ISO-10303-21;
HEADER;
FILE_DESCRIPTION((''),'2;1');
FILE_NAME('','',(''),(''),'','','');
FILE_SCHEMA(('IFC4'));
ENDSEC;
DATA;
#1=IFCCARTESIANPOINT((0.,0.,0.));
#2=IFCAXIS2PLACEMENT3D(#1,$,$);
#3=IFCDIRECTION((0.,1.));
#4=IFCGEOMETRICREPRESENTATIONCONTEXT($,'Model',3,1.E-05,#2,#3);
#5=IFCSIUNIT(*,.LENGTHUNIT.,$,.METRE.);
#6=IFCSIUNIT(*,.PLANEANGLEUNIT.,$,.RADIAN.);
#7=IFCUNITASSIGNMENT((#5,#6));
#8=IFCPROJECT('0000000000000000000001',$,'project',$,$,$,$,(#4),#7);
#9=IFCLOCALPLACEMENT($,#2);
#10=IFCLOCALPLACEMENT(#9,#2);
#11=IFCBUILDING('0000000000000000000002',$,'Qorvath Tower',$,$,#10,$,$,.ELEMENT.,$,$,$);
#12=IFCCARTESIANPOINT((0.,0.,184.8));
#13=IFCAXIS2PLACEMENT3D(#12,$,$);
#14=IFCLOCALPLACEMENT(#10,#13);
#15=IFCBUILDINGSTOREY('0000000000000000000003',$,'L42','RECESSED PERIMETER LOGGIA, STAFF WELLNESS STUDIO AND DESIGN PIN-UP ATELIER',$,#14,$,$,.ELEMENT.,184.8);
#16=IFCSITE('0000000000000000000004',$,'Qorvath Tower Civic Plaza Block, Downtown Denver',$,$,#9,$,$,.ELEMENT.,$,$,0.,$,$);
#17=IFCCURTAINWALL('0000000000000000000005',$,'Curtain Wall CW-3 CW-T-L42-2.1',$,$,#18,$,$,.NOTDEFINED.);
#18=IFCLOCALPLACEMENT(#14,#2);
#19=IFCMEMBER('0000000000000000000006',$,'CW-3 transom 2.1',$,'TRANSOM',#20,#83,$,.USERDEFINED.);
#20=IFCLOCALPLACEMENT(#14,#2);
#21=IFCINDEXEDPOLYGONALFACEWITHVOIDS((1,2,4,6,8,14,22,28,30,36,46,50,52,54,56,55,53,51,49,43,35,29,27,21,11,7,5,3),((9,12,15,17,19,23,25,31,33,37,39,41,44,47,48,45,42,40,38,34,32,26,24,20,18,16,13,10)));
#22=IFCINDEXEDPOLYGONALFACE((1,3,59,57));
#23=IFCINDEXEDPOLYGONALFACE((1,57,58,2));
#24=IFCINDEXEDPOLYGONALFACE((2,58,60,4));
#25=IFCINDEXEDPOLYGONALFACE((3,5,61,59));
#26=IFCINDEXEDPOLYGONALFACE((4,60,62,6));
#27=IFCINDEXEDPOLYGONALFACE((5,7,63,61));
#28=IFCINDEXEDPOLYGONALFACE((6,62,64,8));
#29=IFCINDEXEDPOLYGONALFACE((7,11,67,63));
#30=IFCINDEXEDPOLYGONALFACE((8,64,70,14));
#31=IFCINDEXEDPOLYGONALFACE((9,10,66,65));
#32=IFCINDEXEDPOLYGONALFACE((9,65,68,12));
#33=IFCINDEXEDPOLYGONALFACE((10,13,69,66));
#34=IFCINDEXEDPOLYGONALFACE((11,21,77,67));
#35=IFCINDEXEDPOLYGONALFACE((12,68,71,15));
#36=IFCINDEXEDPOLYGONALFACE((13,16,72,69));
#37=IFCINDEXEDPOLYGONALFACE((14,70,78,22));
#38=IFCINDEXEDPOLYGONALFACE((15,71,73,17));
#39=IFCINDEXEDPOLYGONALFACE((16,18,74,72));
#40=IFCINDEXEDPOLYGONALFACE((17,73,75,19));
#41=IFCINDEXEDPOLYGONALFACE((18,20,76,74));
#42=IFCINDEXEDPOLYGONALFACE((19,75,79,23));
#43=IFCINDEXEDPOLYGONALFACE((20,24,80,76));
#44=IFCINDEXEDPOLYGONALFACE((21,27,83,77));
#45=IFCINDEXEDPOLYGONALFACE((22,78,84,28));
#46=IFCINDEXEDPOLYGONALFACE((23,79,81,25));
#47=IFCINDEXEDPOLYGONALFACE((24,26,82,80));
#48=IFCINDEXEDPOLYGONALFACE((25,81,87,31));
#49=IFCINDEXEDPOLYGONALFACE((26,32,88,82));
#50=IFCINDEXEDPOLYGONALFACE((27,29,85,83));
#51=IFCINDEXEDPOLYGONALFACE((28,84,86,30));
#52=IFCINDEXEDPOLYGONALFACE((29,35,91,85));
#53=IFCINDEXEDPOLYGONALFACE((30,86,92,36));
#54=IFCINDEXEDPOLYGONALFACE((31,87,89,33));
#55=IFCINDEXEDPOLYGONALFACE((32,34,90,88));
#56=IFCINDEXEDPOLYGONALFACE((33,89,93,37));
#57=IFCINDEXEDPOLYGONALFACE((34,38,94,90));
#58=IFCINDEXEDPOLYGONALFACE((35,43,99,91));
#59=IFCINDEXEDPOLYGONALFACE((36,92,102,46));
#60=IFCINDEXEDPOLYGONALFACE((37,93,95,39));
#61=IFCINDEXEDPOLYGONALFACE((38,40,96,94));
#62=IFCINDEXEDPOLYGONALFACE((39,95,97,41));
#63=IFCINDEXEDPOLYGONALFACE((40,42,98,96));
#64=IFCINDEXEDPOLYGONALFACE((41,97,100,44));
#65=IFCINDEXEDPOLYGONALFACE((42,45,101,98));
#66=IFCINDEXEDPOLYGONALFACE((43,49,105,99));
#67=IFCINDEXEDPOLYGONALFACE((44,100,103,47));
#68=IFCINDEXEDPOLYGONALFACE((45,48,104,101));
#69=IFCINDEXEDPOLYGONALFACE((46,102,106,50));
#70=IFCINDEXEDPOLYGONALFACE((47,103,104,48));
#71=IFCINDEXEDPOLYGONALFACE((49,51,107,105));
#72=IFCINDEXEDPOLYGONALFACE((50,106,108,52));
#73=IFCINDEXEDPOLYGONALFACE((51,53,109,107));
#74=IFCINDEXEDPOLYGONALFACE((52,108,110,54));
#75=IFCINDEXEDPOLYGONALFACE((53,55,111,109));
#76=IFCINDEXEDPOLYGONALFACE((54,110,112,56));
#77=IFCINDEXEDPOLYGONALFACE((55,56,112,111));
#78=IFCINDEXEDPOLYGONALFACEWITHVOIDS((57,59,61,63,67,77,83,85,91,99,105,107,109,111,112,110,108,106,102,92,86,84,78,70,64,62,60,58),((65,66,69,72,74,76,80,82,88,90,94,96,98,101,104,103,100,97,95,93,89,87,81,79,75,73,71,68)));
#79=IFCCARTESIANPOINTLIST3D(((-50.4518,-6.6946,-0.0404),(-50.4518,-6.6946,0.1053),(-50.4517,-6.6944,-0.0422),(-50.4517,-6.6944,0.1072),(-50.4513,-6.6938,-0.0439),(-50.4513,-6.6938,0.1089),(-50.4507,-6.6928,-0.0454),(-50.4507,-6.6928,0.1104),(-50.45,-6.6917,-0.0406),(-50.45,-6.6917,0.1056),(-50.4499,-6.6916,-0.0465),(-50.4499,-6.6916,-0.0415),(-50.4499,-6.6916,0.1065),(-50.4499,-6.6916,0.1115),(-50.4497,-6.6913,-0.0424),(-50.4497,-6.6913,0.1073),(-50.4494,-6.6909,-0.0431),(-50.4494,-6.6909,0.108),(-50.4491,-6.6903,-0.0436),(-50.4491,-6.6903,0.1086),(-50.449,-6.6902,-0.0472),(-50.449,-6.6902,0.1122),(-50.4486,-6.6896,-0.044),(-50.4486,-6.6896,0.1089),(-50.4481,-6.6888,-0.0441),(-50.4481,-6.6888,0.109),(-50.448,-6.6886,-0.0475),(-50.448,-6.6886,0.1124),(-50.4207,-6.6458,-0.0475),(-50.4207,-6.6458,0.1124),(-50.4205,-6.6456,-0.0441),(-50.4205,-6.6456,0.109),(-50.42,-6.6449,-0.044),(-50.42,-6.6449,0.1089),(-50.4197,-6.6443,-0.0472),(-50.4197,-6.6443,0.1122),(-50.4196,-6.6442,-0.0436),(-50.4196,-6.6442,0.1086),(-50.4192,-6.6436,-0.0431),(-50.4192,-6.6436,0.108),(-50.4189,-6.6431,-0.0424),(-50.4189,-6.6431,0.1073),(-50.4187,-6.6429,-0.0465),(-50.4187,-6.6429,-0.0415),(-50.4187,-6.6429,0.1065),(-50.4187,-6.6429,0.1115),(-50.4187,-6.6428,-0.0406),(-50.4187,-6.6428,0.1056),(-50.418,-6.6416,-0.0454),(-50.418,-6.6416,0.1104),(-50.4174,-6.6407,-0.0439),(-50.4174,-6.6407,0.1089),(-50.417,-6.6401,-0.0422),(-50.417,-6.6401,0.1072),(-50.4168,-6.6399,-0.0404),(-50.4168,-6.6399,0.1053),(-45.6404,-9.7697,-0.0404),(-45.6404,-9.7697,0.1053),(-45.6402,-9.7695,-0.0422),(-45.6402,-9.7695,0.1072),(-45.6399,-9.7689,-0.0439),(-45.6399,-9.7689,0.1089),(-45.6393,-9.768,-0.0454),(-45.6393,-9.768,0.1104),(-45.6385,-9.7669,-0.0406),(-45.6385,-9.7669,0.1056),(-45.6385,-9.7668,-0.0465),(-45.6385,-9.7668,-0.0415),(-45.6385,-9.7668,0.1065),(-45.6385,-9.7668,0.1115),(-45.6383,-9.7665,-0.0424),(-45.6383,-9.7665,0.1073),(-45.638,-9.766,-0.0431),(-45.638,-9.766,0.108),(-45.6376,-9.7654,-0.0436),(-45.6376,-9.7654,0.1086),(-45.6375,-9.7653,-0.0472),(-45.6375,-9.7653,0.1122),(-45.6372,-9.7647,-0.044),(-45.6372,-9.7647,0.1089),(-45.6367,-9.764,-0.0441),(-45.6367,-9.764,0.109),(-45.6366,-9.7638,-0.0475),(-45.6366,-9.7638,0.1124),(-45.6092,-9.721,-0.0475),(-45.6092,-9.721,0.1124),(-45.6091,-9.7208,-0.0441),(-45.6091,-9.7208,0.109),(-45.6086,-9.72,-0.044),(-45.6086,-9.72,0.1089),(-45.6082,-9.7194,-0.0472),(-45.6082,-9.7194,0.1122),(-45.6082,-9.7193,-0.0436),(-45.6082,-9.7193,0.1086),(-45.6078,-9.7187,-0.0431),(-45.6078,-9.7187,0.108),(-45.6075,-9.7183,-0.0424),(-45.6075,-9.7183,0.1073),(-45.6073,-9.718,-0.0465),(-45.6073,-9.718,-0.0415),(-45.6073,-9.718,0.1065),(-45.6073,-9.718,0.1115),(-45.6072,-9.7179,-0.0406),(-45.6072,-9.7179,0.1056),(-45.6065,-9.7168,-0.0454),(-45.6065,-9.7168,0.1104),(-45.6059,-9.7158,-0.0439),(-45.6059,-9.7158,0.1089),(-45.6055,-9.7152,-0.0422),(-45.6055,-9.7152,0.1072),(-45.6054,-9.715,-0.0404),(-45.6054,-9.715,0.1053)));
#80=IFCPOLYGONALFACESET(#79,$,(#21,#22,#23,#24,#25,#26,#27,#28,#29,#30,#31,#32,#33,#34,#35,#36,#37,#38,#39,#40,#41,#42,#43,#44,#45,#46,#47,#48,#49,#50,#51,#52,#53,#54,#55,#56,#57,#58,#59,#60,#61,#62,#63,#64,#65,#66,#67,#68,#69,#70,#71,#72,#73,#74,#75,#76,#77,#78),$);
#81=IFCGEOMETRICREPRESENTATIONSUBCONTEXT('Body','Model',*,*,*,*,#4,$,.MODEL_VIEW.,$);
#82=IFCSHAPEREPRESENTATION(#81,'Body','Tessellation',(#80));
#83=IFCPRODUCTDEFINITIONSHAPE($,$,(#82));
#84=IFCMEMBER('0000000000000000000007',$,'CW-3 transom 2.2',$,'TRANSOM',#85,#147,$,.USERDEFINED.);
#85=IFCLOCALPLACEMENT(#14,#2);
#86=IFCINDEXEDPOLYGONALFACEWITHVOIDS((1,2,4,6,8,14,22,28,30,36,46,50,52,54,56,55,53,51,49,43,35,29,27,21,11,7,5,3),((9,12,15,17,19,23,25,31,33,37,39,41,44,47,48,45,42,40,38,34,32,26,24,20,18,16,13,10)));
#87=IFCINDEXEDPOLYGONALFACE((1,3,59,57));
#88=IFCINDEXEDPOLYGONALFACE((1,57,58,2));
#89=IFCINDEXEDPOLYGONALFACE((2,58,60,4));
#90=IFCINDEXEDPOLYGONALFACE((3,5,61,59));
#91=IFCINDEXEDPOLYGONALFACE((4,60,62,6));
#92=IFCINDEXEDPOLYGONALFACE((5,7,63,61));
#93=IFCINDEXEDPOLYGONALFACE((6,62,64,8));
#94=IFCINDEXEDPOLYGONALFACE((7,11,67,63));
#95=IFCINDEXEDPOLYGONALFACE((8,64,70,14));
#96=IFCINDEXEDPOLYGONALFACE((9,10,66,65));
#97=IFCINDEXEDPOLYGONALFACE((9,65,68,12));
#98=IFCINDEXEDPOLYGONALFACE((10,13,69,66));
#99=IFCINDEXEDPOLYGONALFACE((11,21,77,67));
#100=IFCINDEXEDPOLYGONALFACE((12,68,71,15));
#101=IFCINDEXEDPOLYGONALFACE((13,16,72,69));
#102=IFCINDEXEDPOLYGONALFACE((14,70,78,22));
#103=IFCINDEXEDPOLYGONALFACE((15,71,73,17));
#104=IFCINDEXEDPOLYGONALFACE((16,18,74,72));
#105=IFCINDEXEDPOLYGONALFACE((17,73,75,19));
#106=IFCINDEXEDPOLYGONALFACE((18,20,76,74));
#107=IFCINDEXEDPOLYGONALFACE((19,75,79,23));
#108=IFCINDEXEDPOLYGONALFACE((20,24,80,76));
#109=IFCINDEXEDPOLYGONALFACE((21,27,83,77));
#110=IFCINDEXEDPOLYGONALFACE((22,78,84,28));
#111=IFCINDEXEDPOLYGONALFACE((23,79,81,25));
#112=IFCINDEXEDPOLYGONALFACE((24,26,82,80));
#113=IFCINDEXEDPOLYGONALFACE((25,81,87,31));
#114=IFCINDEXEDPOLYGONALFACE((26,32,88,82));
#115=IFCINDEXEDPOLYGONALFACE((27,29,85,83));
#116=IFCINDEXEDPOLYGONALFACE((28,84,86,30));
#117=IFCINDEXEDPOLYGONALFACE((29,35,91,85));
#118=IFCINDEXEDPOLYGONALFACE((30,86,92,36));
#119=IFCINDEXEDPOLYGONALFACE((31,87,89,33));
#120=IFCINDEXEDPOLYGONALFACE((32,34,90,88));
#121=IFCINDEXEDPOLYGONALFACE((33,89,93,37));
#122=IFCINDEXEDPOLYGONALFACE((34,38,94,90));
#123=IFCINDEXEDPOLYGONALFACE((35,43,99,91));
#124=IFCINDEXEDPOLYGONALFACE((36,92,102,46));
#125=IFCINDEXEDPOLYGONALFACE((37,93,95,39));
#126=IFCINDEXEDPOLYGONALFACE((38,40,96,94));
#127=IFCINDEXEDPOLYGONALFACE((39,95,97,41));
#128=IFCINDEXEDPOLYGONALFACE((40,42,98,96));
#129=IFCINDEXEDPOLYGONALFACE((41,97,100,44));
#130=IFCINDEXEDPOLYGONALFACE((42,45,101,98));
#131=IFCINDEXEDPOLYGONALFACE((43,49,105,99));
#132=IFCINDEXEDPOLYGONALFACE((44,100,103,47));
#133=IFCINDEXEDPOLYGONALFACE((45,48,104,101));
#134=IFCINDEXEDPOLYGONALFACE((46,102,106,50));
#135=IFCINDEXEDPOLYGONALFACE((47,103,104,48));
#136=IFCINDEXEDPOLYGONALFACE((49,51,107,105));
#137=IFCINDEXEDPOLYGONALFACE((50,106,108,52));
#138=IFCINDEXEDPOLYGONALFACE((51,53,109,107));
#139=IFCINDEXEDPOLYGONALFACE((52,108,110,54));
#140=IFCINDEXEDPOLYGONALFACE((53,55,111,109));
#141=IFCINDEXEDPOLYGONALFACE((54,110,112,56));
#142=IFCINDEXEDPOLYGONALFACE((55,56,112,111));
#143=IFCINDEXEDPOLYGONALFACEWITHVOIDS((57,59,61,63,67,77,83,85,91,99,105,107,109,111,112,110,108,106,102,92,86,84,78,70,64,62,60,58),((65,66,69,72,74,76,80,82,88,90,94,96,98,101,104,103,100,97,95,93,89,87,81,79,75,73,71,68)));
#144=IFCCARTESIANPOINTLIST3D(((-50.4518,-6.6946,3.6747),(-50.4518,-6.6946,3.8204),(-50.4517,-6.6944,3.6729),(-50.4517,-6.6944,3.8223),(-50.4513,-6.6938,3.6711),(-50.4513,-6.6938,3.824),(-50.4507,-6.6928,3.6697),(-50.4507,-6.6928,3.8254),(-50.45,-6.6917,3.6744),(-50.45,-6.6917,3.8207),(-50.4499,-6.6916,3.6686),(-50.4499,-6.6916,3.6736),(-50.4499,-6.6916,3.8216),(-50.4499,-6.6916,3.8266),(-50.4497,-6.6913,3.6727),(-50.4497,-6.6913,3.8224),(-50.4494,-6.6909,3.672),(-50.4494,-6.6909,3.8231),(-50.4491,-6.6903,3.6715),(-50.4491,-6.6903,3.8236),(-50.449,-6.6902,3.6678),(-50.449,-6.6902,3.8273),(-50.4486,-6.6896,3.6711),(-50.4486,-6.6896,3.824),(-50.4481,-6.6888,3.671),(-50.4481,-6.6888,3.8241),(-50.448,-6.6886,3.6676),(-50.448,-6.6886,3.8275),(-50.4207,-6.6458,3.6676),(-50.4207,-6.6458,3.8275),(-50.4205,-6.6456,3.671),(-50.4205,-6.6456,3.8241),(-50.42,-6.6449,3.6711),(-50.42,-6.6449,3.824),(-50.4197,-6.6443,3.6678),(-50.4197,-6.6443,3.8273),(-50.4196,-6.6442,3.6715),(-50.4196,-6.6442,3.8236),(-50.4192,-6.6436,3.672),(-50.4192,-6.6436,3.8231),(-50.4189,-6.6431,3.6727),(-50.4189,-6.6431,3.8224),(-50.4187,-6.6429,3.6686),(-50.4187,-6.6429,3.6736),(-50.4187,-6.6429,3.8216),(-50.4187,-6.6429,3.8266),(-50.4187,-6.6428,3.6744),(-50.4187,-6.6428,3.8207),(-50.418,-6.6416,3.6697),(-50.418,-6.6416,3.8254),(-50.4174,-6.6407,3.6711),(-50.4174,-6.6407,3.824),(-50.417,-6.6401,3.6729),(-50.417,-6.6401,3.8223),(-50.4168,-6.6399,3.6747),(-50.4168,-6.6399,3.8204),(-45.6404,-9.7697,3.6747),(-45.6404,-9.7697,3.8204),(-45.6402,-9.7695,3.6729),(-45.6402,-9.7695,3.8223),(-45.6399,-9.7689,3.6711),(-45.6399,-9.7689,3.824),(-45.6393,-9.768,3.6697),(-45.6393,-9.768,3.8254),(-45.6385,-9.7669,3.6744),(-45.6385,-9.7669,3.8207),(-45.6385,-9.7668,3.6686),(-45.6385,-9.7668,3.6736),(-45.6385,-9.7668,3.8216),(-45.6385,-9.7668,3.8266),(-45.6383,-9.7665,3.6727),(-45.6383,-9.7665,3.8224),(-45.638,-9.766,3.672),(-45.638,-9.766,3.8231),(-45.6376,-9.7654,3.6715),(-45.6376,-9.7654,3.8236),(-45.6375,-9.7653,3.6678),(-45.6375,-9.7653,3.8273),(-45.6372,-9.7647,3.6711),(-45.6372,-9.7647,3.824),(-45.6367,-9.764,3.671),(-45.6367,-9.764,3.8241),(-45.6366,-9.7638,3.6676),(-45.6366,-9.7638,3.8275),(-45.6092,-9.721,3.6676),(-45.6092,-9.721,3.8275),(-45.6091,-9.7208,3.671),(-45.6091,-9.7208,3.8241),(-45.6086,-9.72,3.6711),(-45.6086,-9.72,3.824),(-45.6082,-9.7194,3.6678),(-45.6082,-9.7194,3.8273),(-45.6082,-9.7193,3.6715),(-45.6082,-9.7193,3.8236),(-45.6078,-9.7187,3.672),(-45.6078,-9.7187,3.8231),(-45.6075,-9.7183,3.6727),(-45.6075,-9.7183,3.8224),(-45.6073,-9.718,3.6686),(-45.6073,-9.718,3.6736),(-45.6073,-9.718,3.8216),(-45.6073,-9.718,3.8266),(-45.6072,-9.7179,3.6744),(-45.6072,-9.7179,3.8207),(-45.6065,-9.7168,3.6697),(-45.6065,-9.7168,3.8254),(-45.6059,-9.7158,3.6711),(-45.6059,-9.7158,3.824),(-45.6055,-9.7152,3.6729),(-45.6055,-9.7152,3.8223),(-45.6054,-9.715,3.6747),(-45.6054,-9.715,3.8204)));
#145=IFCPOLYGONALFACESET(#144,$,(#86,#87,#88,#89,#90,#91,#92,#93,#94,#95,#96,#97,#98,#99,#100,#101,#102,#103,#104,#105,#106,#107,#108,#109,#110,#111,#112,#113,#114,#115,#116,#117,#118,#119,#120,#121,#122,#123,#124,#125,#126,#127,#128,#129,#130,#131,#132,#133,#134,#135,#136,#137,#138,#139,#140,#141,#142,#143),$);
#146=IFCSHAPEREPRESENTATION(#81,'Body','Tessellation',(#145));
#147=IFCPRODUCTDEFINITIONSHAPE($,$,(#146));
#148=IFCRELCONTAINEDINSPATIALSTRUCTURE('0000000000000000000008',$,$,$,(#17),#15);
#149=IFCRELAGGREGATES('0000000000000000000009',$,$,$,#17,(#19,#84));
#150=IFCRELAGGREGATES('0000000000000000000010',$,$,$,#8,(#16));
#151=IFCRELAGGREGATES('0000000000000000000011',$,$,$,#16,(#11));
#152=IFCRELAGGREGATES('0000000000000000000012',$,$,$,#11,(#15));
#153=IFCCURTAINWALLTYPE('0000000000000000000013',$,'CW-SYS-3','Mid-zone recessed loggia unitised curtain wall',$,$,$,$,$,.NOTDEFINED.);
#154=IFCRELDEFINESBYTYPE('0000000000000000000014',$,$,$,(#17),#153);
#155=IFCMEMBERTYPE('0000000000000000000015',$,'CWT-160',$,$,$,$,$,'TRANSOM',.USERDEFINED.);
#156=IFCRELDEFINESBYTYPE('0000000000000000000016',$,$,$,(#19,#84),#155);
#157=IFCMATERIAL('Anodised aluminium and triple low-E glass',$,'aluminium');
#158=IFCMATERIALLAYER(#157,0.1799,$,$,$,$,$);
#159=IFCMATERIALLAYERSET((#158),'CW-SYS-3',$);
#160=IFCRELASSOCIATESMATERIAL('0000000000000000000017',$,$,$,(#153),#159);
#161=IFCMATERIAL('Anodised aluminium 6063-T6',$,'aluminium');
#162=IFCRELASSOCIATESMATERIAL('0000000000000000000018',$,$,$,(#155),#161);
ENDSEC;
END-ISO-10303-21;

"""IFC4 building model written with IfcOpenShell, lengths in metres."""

from ifc_helpers import new_model, si_unit, direction, frame, origin, origin_2d, place, context, subcontext, project, spatial, hollow_rectangle, extrude, material, layer, layer_set, material_profile, profile_set, type_object, element, aggregate, save


model = new_model("IFC4")

# Units and contexts
model_context = context("Model", 3, precision=1e-05, world=origin(), true_north=direction((0.0, 1.0)))
body_context = subcontext(model_context, "Body", "Model", "MODEL_VIEW")
ifc_project = project(units=[si_unit("LENGTHUNIT", "METRE"), si_unit("PLANEANGLEUNIT", "RADIAN")], contexts=[model_context])

# Site, building, storey
site_placement = place(None, origin())
site = spatial("IfcSite", under=ifc_project, at=site_placement, Name="Qorvath Tower Civic Plaza Block, Downtown Denver", CompositionType="ELEMENT", RefElevation=0.0)
building_placement = place(site_placement, origin())
building = spatial("IfcBuilding", under=site, at=building_placement, Name="Qorvath Tower", CompositionType="ELEMENT")
storey_placement = place(building_placement, frame((0.0, 0.0, 184.8)))
storey = spatial("IfcBuildingStorey", under=building, at=storey_placement, Name="L42", Description="RECESSED PERIMETER LOGGIA, STAFF WELLNESS STUDIO AND DESIGN PIN-UP ATELIER", CompositionType="ELEMENT", Elevation=184.8)

# Curtain wall, members
ifc_material_1 = material(Name="Anodised aluminium and triple low-E glass", Category="aluminium")
ifc_layer_1 = layer(ifc_material_1, 0.1799)
ifc_layer_set_1 = layer_set([ifc_layer_1], Name="CW-SYS-3")
curtain_wall_type = type_object("IfcCurtainWallType", Name="CW-SYS-3", Description="Mid-zone recessed loggia unitised curtain wall", PredefinedType="NOTDEFINED", material=ifc_layer_set_1)
curtain_wall_placement = place(storey_placement, origin())
curtain_wall = element("IfcCurtainWall", 1, at=curtain_wall_placement, inside=storey, type_object=curtain_wall_type, Name="Curtain Wall CW-3 CW-T-L42-2.1", PredefinedType="NOTDEFINED")
ifc_material_2 = material(Name="Anodised aluminium 6063-T6", Category="aluminium")
ifc_material_profile_1 = material_profile(ifc_material_2, hollow_rectangle(XDim=0.0649, YDim=0.1599, WallThickness=0.0034, InnerFilletRadius=0.0034, OuterFilletRadius=0.0071, at=origin_2d()), Name="CWT 160x65")
ifc_profile_set_1 = profile_set([ifc_material_profile_1], Name="Anodised aluminium 6063-T6")
member_type_1 = type_object("IfcMemberType", Name="CWT-160", ElementType="TRANSOM", PredefinedType="USERDEFINED", material=ifc_profile_set_1)
member_1_placement = place(storey_placement, frame((-50.4343, -6.6672, 0.0325), z_axis=(0.842604, -0.538534, 0.0), x_axis=(0.538534, 0.842604, 0.0)))
member_1 = element("IfcMember", 2, at=member_1_placement, type_object=member_type_1, Name="CW-3 transom 2.1", ObjectType="TRANSOM", PredefinedType="USERDEFINED", context=body_context, shape_type="SweptSolid", body=[
    extrude(hollow_rectangle(XDim=0.0649, YDim=0.1599, WallThickness=0.0034, InnerFilletRadius=0.0034, OuterFilletRadius=0.0071, at=origin_2d()), origin(), (0.0, 0.0, 1.0), 5.7102),
])
member_2_placement = place(storey_placement, frame((-50.4343, -6.6672, 3.7476), z_axis=(0.842604, -0.538534, 0.0), x_axis=(0.538534, 0.842604, 0.0)))
member_2 = element("IfcMember", 3, at=member_2_placement, type_object=member_type_1, Name="CW-3 transom 2.2", ObjectType="TRANSOM", PredefinedType="USERDEFINED", context=body_context, shape_type="SweptSolid", body=[
    extrude(hollow_rectangle(XDim=0.0649, YDim=0.1599, WallThickness=0.0034, InnerFilletRadius=0.0034, OuterFilletRadius=0.0071, at=origin_2d()), origin(), (0.0, 0.0, 1.0), 5.7102),
])
aggregate(curtain_wall, [member_1, member_2])

save(model, "model.ifc")
